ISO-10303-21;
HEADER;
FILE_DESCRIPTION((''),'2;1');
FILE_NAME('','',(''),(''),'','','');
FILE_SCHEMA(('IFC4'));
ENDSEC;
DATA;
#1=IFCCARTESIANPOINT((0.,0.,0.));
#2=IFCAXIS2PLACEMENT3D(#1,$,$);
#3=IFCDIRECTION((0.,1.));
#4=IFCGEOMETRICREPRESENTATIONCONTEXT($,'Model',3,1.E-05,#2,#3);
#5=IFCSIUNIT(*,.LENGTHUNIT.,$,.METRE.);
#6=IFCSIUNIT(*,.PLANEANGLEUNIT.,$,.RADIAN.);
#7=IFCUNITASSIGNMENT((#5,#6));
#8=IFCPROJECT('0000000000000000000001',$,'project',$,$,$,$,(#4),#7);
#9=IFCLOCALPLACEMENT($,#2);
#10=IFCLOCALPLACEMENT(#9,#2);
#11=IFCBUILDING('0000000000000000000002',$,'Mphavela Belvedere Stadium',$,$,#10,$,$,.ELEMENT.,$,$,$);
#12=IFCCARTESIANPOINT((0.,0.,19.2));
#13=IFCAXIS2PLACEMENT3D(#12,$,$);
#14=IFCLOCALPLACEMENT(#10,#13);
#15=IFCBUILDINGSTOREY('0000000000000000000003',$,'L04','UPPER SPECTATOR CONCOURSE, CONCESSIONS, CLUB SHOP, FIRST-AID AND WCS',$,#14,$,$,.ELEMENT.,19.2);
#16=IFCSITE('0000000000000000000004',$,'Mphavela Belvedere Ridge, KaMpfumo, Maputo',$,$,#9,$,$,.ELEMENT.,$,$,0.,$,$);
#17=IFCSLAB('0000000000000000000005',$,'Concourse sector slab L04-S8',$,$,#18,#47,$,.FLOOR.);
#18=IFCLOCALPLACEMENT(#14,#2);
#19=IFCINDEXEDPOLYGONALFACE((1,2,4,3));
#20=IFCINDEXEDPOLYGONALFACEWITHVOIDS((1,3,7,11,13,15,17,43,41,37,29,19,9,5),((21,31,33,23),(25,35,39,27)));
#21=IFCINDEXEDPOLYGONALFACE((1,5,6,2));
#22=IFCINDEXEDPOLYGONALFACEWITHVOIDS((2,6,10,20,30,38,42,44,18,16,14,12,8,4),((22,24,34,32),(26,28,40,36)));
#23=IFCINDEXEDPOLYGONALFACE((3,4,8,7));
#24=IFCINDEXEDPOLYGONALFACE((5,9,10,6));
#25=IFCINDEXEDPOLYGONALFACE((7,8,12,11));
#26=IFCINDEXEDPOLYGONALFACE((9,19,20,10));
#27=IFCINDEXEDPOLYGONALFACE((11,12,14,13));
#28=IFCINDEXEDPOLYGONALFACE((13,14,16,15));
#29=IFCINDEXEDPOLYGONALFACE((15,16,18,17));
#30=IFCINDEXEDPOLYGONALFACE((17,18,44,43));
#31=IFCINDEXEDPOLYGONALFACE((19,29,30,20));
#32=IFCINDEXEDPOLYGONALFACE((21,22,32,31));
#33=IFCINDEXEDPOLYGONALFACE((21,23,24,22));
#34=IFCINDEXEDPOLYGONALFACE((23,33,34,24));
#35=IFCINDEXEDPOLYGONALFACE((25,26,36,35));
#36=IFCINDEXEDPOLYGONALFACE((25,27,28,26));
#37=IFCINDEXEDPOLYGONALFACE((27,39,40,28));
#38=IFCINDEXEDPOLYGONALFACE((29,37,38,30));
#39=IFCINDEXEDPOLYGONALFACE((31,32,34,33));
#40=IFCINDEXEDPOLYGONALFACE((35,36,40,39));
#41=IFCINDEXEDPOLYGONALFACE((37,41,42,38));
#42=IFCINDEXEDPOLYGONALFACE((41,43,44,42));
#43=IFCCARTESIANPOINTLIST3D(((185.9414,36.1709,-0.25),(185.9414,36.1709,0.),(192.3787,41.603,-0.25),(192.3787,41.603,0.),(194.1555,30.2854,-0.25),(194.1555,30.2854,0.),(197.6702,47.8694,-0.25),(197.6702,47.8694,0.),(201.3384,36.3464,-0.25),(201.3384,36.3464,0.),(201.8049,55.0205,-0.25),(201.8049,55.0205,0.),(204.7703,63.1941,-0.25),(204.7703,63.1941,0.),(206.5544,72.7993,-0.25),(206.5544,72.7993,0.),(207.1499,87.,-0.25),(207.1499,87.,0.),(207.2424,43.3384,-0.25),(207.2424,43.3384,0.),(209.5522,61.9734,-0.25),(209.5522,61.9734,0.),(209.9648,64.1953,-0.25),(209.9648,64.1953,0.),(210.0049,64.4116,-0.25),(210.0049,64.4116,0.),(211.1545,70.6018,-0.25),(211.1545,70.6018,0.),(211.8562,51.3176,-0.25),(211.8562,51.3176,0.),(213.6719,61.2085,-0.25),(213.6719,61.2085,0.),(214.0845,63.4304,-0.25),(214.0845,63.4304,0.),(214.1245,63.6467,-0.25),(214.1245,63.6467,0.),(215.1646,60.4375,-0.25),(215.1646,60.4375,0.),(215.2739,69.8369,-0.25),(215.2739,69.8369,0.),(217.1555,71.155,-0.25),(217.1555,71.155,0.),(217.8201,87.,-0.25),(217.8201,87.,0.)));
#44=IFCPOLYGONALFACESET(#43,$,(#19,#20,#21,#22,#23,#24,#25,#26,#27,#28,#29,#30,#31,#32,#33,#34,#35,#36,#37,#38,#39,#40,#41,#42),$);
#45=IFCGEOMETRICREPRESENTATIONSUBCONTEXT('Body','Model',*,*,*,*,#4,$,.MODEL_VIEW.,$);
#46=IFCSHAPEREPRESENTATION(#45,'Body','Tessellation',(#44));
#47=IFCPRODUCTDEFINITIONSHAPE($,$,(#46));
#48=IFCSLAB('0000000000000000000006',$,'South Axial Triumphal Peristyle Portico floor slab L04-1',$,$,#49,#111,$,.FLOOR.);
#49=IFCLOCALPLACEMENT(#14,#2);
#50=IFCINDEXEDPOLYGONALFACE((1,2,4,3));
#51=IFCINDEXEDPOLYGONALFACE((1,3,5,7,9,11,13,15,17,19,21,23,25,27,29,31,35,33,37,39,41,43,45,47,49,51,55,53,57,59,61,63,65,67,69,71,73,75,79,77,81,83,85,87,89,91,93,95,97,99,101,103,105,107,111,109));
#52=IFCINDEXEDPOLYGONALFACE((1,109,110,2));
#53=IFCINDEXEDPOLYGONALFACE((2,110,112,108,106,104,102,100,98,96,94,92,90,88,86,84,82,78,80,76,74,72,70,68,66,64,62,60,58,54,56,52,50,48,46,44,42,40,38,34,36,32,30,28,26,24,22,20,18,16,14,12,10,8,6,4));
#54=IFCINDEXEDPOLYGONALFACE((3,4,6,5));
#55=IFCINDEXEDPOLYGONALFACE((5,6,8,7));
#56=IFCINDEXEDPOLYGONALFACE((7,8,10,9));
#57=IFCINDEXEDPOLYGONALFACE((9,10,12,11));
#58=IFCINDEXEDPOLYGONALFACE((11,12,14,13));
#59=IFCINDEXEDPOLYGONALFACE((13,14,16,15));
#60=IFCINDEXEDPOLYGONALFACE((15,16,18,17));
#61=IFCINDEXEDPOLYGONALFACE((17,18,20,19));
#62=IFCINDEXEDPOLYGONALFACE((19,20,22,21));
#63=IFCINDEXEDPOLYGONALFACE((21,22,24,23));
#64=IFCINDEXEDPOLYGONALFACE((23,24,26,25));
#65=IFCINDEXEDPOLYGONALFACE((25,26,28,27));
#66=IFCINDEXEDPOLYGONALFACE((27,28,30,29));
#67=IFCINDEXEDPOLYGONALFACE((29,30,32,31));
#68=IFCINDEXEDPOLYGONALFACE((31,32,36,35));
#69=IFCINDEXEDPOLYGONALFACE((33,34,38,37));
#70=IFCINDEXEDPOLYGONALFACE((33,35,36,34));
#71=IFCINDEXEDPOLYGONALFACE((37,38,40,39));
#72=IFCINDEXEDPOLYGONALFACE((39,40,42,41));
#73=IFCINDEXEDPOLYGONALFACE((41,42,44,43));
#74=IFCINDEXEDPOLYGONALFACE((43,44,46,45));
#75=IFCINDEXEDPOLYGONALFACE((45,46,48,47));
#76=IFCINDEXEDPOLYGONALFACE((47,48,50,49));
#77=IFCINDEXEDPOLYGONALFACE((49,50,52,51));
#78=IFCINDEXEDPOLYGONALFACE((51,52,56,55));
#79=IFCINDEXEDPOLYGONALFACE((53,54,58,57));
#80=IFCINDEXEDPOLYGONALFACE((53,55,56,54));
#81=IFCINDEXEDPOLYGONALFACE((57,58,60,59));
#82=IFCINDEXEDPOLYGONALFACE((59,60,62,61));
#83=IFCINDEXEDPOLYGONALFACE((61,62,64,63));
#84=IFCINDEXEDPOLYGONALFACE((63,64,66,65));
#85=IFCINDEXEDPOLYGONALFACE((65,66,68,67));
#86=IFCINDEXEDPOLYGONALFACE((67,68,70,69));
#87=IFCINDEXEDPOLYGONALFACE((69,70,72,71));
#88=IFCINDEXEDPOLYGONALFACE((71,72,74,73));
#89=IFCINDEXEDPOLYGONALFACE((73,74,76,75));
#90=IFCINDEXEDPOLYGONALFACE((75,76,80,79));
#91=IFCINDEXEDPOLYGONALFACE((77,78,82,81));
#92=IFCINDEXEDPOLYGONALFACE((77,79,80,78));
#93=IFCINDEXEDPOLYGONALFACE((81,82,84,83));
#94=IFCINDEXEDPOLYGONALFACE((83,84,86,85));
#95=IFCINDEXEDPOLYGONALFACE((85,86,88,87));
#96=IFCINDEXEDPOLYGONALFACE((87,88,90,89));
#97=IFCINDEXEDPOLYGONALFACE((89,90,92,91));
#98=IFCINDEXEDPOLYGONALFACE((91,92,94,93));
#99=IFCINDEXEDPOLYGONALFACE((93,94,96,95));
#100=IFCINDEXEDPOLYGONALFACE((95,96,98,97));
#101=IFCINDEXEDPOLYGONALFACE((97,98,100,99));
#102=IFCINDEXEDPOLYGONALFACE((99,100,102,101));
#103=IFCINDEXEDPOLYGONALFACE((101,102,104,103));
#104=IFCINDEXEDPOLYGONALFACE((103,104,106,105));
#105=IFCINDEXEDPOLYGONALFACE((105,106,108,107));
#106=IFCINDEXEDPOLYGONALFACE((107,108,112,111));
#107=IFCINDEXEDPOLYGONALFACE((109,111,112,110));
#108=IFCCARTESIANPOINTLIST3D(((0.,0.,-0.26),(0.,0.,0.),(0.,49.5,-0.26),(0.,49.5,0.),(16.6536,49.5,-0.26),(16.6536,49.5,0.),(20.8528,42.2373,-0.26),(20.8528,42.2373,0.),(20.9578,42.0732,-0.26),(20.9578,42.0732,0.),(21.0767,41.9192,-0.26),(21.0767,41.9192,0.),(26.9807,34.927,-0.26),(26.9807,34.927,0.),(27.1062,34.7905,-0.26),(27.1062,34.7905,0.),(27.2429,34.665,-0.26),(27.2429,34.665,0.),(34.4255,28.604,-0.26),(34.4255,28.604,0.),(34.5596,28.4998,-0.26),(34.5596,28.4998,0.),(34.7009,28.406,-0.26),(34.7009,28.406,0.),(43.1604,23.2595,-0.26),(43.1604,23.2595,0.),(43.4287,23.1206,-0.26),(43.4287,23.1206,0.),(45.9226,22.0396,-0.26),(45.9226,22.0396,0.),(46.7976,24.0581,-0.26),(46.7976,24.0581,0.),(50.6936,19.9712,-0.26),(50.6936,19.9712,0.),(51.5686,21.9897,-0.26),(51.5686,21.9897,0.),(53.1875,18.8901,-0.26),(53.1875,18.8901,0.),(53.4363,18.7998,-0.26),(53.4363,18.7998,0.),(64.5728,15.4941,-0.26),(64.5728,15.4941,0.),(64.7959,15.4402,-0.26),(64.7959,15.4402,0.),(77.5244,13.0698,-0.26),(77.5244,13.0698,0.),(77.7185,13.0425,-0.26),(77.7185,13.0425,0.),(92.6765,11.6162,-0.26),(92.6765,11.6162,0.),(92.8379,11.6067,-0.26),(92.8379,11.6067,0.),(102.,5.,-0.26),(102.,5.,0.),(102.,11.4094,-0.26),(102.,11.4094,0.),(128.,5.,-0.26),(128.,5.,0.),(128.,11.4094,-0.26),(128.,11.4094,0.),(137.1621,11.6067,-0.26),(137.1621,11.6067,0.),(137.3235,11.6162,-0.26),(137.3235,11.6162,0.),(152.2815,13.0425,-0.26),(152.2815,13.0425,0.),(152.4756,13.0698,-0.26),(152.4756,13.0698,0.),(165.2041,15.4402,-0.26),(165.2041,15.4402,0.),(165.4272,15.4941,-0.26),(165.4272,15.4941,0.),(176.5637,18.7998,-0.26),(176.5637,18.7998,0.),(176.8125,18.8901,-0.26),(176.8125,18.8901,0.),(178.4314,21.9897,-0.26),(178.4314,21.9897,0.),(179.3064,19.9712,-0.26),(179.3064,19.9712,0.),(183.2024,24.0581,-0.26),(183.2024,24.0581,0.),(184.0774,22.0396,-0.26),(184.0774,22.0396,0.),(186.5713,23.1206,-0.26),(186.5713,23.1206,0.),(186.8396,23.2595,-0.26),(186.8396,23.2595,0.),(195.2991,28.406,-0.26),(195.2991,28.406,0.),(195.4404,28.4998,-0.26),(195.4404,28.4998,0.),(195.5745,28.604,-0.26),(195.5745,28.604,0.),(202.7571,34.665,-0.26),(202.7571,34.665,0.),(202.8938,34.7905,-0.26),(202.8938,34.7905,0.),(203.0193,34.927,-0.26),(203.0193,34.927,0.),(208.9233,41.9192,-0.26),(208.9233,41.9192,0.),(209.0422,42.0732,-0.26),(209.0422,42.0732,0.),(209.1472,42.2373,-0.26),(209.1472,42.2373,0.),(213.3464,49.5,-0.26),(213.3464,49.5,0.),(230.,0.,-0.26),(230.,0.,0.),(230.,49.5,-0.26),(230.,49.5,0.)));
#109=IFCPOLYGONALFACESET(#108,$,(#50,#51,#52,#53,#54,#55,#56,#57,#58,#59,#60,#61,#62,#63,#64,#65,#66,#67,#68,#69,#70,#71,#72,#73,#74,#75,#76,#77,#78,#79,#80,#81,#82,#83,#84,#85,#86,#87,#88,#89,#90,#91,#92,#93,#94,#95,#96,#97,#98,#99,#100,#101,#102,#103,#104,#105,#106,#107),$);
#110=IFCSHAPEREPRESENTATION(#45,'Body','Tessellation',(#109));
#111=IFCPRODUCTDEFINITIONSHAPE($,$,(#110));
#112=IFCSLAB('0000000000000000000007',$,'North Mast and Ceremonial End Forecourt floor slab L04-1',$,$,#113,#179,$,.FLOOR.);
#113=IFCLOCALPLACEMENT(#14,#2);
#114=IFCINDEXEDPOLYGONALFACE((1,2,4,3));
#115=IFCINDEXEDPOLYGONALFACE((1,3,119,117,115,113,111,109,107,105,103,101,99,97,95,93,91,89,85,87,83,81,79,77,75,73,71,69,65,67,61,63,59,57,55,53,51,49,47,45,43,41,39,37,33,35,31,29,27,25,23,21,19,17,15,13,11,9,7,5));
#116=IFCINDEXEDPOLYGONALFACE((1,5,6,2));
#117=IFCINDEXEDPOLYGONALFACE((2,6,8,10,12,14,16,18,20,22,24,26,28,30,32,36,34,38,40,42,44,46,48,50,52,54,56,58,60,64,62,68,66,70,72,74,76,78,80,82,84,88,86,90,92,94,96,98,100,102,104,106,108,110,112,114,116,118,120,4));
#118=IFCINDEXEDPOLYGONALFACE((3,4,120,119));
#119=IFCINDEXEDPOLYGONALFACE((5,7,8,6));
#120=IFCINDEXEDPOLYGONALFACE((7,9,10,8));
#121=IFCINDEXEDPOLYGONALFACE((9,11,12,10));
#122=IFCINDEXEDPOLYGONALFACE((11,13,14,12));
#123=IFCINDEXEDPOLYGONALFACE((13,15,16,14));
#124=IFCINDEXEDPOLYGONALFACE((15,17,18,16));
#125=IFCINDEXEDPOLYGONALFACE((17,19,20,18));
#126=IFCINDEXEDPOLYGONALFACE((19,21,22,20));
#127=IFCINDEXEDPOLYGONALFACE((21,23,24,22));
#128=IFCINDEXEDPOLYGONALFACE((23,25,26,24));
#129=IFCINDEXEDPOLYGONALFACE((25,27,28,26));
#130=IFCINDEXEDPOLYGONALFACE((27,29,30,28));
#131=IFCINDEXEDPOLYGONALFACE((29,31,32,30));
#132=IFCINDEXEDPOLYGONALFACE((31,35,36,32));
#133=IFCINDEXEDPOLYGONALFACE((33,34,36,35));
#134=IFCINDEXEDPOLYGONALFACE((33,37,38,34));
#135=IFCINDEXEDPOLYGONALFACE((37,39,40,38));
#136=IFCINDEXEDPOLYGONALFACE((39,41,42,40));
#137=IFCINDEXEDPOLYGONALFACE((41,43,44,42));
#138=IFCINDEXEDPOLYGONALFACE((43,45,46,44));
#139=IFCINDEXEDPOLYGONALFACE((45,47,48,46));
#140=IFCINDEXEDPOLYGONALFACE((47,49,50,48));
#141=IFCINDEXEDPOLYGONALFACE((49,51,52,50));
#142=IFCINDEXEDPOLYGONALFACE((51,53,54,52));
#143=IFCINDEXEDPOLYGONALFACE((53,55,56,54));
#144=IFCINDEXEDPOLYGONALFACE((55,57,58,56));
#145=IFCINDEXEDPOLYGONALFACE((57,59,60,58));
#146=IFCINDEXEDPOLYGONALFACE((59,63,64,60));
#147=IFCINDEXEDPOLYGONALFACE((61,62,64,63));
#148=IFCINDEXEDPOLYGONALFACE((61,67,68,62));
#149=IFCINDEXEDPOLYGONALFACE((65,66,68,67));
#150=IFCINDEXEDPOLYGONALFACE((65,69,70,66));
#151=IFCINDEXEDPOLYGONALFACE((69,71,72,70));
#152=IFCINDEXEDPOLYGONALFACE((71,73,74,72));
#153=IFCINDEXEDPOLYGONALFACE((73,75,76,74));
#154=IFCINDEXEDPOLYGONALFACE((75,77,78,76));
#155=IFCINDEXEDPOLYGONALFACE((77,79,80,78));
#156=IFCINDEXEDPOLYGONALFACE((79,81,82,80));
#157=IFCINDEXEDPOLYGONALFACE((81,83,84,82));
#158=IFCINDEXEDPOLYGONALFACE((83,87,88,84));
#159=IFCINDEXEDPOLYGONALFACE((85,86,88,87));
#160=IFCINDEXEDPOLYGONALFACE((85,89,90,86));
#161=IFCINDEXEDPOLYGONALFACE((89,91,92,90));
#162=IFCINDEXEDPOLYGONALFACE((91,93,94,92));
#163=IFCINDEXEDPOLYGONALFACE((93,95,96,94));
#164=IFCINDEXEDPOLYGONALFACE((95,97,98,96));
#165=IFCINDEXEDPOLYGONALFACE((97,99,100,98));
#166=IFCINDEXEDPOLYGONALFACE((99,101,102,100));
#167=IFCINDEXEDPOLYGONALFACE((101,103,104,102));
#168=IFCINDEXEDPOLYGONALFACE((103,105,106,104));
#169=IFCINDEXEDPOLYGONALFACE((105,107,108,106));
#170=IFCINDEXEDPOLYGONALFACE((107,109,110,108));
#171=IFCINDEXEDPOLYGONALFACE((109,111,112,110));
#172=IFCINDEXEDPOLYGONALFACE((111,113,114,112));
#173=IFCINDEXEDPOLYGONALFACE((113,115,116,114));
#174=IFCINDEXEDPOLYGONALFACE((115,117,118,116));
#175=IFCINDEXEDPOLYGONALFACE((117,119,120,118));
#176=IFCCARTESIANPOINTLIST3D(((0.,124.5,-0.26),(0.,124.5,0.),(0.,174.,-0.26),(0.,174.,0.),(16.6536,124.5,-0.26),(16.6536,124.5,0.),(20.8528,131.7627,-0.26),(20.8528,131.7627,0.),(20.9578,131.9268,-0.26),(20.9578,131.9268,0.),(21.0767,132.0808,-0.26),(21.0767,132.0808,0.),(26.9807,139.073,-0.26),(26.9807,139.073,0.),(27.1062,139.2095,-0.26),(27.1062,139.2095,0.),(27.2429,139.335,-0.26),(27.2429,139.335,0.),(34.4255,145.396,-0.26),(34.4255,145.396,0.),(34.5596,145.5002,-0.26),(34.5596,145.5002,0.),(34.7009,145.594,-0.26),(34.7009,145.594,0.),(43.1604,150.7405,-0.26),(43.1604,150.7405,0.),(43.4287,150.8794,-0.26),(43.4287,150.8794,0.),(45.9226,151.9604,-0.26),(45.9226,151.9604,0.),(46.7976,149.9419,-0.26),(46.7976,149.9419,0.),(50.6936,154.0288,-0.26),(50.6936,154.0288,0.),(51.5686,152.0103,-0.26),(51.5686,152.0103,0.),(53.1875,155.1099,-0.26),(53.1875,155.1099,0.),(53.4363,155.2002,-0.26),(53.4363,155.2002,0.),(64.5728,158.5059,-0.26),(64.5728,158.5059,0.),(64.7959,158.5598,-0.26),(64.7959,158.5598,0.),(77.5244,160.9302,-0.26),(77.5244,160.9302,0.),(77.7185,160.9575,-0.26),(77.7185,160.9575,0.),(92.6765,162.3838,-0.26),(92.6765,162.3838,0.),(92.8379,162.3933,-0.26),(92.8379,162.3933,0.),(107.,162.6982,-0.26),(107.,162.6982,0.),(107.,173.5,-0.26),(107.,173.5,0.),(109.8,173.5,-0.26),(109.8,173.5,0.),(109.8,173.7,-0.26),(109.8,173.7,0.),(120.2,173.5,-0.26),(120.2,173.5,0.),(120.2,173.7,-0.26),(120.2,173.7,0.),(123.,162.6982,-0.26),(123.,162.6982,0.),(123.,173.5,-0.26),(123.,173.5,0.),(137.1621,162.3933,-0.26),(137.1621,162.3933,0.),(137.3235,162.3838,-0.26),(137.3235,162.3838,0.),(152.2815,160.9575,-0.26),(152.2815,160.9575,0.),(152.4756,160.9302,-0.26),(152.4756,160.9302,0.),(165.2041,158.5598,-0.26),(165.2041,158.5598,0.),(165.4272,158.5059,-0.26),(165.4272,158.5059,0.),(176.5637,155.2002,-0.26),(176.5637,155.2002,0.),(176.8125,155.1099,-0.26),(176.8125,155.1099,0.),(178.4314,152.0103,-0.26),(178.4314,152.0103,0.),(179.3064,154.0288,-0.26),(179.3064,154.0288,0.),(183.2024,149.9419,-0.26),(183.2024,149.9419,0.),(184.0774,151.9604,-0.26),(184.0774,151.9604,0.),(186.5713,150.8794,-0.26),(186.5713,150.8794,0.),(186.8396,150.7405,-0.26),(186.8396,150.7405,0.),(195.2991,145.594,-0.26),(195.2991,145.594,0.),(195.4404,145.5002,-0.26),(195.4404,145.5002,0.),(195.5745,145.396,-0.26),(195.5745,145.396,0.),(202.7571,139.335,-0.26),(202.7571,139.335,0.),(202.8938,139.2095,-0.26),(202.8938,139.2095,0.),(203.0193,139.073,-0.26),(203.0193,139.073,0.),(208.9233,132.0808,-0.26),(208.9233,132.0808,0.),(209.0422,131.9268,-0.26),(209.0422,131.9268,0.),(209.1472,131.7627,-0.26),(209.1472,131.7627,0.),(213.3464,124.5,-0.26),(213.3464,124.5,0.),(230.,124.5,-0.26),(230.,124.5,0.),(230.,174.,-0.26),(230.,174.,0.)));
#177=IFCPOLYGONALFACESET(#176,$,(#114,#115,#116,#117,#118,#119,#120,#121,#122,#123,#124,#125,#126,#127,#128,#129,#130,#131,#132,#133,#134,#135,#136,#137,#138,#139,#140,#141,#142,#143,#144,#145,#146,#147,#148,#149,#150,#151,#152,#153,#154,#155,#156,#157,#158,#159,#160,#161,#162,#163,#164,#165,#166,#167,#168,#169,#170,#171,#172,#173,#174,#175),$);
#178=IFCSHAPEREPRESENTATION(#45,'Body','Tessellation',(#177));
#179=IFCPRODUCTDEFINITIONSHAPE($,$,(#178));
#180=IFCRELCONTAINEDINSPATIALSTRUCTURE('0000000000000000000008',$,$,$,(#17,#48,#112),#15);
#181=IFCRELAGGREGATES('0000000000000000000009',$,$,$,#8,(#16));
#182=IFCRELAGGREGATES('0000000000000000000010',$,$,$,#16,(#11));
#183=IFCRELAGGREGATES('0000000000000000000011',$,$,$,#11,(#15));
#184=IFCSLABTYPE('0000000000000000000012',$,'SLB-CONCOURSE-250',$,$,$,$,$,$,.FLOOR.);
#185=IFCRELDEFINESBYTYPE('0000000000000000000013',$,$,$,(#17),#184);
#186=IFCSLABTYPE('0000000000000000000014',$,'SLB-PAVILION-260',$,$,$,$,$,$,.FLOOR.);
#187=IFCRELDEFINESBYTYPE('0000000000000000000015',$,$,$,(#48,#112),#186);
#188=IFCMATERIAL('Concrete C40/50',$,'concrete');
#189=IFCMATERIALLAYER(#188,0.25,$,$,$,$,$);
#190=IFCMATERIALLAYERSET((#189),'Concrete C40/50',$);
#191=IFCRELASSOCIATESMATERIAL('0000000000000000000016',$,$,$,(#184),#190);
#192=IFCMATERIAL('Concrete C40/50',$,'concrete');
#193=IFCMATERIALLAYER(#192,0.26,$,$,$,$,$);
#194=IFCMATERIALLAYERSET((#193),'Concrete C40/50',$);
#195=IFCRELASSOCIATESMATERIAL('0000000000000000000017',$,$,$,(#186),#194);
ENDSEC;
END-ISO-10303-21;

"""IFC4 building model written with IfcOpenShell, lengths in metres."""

from ifc_helpers import new_model, si_unit, direction, frame, origin, place, context, subcontext, project, spatial, polyline, outline, extrude, material, layer, layer_set, type_object, element, save


model = new_model("IFC4")

# Units and contexts
model_context = context("Model", 3, precision=1e-05, world=origin(), true_north=direction((0.0, 1.0)))
body_context = subcontext(model_context, "Body", "Model", "MODEL_VIEW")
ifc_project = project(units=[si_unit("LENGTHUNIT", "METRE"), si_unit("PLANEANGLEUNIT", "RADIAN")], contexts=[model_context])

# Site, building, storey
site_placement = place(None, origin())
site = spatial("IfcSite", under=ifc_project, at=site_placement, Name="Mphavela Belvedere Ridge, KaMpfumo, Maputo", CompositionType="ELEMENT", RefElevation=0.0)
building_placement = place(site_placement, origin())
building = spatial("IfcBuilding", under=site, at=building_placement, Name="Mphavela Belvedere Stadium", CompositionType="ELEMENT")
storey_placement = place(building_placement, frame((0.0, 0.0, 19.2)))
storey = spatial("IfcBuildingStorey", under=building, at=storey_placement, Name="L04", Description="UPPER SPECTATOR CONCOURSE, CONCESSIONS, CLUB SHOP, FIRST-AID AND WCS", CompositionType="ELEMENT", Elevation=19.2)

# Slabs
ifc_material_1 = material(Name="Concrete C40/50", Category="concrete")
ifc_layer_1 = layer(ifc_material_1, 0.25)
ifc_layer_set_1 = layer_set([ifc_layer_1], Name="Concrete C40/50")
slab_type_1 = type_object("IfcSlabType", Name="SLB-CONCOURSE-250", PredefinedType="FLOOR", material=ifc_layer_set_1)
slab_1_placement = place(storey_placement, frame((0.0, 0.0, -0.25)))
element("IfcSlab", 1, at=slab_1_placement, inside=storey, type_object=slab_type_1, Name="Concourse sector slab L04-S8", PredefinedType="FLOOR", context=body_context, shape_type="SweptSolid", body=[
    extrude(outline(polyline([(217.8201, 87.0), (217.1555, 71.155), (215.1646, 60.4375), (211.8562, 51.3176), (207.2424, 43.3384), (201.3384, 36.3464), (194.1555, 30.2854), (185.9414, 36.1709), (192.3787, 41.603), (197.6702, 47.8694), (201.8049, 55.0205), (204.7703, 63.1941), (206.5544, 72.7993), (207.1499, 87.0), (217.8201, 87.0)]), holes=[polyline([(214.1245, 63.6467), (215.2739, 69.8369), (211.1545, 70.6018), (210.0049, 64.4116), (214.1245, 63.6467)]), polyline([(213.6719, 61.2085), (214.0845, 63.4304), (209.9648, 64.1953), (209.5522, 61.9734), (213.6719, 61.2085)])]), origin(), (0.0, 0.0, 1.0), 0.25),
])
ifc_material_2 = material(Name="Concrete C40/50", Category="concrete")
ifc_layer_2 = layer(ifc_material_2, 0.26)
ifc_layer_set_2 = layer_set([ifc_layer_2], Name="Concrete C40/50")
slab_type_2 = type_object("IfcSlabType", Name="SLB-PAVILION-260", PredefinedType="FLOOR", material=ifc_layer_set_2)
slab_2_placement = place(storey_placement, frame((0.0, 0.0, -0.26)))
element("IfcSlab", 2, at=slab_2_placement, inside=storey, type_object=slab_type_2, Name="South Axial Triumphal Peristyle Portico floor slab L04-1", PredefinedType="FLOOR", context=body_context, shape_type="SweptSolid", body=[
    extrude(outline(polyline([(16.6536, 49.5), (20.8528, 42.2373), (20.9578, 42.0732), (21.0767, 41.9192), (26.9807, 34.927), (27.1062, 34.7905), (27.2429, 34.665), (34.4255, 28.604), (34.5596, 28.4998), (34.7009, 28.406), (43.1604, 23.2595), (43.4287, 23.1206), (45.9226, 22.0396), (46.7976, 24.0581), (51.5686, 21.9897), (50.6936, 19.9712), (53.1875, 18.8901), (53.4363, 18.7998), (64.5728, 15.4941), (64.7959, 15.4402), (77.5244, 13.0698), (77.7185, 13.0425), (92.6765, 11.6162), (92.8379, 11.6067), (102.0, 11.4094), (102.0, 5.0), (128.0, 5.0), (128.0, 11.4094), (137.1621, 11.6067), (137.3235, 11.6162), (152.2815, 13.0425), (152.4756, 13.0698), (165.2041, 15.4402), (165.4272, 15.4941), (176.5637, 18.7998), (176.8125, 18.8901), (179.3064, 19.9712), (178.4314, 21.9897), (183.2024, 24.0581), (184.0774, 22.0396), (186.5713, 23.1206), (186.8396, 23.2595), (195.2991, 28.406), (195.4404, 28.4998), (195.5745, 28.604), (202.7571, 34.665), (202.8938, 34.7905), (203.0193, 34.927), (208.9233, 41.9192), (209.0422, 42.0732), (209.1472, 42.2373), (213.3464, 49.5), (230.0, 49.5), (230.0, 0.0), (0.0, 0.0), (0.0, 49.5), (16.6536, 49.5)])), origin(), (0.0, 0.0, 1.0), 0.26),
])
slab_3_placement = place(storey_placement, frame((0.0, 0.0, -0.26)))
element("IfcSlab", 3, at=slab_3_placement, inside=storey, type_object=slab_type_2, Name="North Mast and Ceremonial End Forecourt floor slab L04-1", PredefinedType="FLOOR", context=body_context, shape_type="SweptSolid", body=[
    extrude(outline(polyline([(213.3464, 124.5), (209.1472, 131.7627), (209.0422, 131.9268), (208.9233, 132.0808), (203.0193, 139.073), (202.8938, 139.2095), (202.7571, 139.335), (195.5745, 145.396), (195.4404, 145.5002), (195.2991, 145.594), (186.8396, 150.7405), (186.5713, 150.8794), (184.0774, 151.9604), (183.2024, 149.9419), (178.4314, 152.0103), (179.3064, 154.0288), (176.8125, 155.1099), (176.5637, 155.2002), (165.4272, 158.5059), (165.2041, 158.5598), (152.4756, 160.9302), (152.2815, 160.9575), (137.3235, 162.3838), (137.1621, 162.3933), (123.0, 162.6982), (123.0, 173.5), (120.2, 173.5), (120.2, 173.7), (109.8, 173.7), (109.8, 173.5), (107.0, 173.5), (107.0, 162.6982), (92.8379, 162.3933), (92.6765, 162.3838), (77.7185, 160.9575), (77.5244, 160.9302), (64.7959, 158.5598), (64.5728, 158.5059), (53.4363, 155.2002), (53.1875, 155.1099), (50.6936, 154.0288), (51.5686, 152.0103), (46.7976, 149.9419), (45.9226, 151.9604), (43.4287, 150.8794), (43.1604, 150.7405), (34.7009, 145.594), (34.5596, 145.5002), (34.4255, 145.396), (27.2429, 139.335), (27.1062, 139.2095), (26.9807, 139.073), (21.0767, 132.0808), (20.9578, 131.9268), (20.8528, 131.7627), (16.6536, 124.5), (0.0, 124.5), (0.0, 174.0), (230.0, 174.0), (230.0, 124.5), (213.3464, 124.5)])), origin(), (0.0, 0.0, 1.0), 0.26),
])

save(model, "model.ifc")
